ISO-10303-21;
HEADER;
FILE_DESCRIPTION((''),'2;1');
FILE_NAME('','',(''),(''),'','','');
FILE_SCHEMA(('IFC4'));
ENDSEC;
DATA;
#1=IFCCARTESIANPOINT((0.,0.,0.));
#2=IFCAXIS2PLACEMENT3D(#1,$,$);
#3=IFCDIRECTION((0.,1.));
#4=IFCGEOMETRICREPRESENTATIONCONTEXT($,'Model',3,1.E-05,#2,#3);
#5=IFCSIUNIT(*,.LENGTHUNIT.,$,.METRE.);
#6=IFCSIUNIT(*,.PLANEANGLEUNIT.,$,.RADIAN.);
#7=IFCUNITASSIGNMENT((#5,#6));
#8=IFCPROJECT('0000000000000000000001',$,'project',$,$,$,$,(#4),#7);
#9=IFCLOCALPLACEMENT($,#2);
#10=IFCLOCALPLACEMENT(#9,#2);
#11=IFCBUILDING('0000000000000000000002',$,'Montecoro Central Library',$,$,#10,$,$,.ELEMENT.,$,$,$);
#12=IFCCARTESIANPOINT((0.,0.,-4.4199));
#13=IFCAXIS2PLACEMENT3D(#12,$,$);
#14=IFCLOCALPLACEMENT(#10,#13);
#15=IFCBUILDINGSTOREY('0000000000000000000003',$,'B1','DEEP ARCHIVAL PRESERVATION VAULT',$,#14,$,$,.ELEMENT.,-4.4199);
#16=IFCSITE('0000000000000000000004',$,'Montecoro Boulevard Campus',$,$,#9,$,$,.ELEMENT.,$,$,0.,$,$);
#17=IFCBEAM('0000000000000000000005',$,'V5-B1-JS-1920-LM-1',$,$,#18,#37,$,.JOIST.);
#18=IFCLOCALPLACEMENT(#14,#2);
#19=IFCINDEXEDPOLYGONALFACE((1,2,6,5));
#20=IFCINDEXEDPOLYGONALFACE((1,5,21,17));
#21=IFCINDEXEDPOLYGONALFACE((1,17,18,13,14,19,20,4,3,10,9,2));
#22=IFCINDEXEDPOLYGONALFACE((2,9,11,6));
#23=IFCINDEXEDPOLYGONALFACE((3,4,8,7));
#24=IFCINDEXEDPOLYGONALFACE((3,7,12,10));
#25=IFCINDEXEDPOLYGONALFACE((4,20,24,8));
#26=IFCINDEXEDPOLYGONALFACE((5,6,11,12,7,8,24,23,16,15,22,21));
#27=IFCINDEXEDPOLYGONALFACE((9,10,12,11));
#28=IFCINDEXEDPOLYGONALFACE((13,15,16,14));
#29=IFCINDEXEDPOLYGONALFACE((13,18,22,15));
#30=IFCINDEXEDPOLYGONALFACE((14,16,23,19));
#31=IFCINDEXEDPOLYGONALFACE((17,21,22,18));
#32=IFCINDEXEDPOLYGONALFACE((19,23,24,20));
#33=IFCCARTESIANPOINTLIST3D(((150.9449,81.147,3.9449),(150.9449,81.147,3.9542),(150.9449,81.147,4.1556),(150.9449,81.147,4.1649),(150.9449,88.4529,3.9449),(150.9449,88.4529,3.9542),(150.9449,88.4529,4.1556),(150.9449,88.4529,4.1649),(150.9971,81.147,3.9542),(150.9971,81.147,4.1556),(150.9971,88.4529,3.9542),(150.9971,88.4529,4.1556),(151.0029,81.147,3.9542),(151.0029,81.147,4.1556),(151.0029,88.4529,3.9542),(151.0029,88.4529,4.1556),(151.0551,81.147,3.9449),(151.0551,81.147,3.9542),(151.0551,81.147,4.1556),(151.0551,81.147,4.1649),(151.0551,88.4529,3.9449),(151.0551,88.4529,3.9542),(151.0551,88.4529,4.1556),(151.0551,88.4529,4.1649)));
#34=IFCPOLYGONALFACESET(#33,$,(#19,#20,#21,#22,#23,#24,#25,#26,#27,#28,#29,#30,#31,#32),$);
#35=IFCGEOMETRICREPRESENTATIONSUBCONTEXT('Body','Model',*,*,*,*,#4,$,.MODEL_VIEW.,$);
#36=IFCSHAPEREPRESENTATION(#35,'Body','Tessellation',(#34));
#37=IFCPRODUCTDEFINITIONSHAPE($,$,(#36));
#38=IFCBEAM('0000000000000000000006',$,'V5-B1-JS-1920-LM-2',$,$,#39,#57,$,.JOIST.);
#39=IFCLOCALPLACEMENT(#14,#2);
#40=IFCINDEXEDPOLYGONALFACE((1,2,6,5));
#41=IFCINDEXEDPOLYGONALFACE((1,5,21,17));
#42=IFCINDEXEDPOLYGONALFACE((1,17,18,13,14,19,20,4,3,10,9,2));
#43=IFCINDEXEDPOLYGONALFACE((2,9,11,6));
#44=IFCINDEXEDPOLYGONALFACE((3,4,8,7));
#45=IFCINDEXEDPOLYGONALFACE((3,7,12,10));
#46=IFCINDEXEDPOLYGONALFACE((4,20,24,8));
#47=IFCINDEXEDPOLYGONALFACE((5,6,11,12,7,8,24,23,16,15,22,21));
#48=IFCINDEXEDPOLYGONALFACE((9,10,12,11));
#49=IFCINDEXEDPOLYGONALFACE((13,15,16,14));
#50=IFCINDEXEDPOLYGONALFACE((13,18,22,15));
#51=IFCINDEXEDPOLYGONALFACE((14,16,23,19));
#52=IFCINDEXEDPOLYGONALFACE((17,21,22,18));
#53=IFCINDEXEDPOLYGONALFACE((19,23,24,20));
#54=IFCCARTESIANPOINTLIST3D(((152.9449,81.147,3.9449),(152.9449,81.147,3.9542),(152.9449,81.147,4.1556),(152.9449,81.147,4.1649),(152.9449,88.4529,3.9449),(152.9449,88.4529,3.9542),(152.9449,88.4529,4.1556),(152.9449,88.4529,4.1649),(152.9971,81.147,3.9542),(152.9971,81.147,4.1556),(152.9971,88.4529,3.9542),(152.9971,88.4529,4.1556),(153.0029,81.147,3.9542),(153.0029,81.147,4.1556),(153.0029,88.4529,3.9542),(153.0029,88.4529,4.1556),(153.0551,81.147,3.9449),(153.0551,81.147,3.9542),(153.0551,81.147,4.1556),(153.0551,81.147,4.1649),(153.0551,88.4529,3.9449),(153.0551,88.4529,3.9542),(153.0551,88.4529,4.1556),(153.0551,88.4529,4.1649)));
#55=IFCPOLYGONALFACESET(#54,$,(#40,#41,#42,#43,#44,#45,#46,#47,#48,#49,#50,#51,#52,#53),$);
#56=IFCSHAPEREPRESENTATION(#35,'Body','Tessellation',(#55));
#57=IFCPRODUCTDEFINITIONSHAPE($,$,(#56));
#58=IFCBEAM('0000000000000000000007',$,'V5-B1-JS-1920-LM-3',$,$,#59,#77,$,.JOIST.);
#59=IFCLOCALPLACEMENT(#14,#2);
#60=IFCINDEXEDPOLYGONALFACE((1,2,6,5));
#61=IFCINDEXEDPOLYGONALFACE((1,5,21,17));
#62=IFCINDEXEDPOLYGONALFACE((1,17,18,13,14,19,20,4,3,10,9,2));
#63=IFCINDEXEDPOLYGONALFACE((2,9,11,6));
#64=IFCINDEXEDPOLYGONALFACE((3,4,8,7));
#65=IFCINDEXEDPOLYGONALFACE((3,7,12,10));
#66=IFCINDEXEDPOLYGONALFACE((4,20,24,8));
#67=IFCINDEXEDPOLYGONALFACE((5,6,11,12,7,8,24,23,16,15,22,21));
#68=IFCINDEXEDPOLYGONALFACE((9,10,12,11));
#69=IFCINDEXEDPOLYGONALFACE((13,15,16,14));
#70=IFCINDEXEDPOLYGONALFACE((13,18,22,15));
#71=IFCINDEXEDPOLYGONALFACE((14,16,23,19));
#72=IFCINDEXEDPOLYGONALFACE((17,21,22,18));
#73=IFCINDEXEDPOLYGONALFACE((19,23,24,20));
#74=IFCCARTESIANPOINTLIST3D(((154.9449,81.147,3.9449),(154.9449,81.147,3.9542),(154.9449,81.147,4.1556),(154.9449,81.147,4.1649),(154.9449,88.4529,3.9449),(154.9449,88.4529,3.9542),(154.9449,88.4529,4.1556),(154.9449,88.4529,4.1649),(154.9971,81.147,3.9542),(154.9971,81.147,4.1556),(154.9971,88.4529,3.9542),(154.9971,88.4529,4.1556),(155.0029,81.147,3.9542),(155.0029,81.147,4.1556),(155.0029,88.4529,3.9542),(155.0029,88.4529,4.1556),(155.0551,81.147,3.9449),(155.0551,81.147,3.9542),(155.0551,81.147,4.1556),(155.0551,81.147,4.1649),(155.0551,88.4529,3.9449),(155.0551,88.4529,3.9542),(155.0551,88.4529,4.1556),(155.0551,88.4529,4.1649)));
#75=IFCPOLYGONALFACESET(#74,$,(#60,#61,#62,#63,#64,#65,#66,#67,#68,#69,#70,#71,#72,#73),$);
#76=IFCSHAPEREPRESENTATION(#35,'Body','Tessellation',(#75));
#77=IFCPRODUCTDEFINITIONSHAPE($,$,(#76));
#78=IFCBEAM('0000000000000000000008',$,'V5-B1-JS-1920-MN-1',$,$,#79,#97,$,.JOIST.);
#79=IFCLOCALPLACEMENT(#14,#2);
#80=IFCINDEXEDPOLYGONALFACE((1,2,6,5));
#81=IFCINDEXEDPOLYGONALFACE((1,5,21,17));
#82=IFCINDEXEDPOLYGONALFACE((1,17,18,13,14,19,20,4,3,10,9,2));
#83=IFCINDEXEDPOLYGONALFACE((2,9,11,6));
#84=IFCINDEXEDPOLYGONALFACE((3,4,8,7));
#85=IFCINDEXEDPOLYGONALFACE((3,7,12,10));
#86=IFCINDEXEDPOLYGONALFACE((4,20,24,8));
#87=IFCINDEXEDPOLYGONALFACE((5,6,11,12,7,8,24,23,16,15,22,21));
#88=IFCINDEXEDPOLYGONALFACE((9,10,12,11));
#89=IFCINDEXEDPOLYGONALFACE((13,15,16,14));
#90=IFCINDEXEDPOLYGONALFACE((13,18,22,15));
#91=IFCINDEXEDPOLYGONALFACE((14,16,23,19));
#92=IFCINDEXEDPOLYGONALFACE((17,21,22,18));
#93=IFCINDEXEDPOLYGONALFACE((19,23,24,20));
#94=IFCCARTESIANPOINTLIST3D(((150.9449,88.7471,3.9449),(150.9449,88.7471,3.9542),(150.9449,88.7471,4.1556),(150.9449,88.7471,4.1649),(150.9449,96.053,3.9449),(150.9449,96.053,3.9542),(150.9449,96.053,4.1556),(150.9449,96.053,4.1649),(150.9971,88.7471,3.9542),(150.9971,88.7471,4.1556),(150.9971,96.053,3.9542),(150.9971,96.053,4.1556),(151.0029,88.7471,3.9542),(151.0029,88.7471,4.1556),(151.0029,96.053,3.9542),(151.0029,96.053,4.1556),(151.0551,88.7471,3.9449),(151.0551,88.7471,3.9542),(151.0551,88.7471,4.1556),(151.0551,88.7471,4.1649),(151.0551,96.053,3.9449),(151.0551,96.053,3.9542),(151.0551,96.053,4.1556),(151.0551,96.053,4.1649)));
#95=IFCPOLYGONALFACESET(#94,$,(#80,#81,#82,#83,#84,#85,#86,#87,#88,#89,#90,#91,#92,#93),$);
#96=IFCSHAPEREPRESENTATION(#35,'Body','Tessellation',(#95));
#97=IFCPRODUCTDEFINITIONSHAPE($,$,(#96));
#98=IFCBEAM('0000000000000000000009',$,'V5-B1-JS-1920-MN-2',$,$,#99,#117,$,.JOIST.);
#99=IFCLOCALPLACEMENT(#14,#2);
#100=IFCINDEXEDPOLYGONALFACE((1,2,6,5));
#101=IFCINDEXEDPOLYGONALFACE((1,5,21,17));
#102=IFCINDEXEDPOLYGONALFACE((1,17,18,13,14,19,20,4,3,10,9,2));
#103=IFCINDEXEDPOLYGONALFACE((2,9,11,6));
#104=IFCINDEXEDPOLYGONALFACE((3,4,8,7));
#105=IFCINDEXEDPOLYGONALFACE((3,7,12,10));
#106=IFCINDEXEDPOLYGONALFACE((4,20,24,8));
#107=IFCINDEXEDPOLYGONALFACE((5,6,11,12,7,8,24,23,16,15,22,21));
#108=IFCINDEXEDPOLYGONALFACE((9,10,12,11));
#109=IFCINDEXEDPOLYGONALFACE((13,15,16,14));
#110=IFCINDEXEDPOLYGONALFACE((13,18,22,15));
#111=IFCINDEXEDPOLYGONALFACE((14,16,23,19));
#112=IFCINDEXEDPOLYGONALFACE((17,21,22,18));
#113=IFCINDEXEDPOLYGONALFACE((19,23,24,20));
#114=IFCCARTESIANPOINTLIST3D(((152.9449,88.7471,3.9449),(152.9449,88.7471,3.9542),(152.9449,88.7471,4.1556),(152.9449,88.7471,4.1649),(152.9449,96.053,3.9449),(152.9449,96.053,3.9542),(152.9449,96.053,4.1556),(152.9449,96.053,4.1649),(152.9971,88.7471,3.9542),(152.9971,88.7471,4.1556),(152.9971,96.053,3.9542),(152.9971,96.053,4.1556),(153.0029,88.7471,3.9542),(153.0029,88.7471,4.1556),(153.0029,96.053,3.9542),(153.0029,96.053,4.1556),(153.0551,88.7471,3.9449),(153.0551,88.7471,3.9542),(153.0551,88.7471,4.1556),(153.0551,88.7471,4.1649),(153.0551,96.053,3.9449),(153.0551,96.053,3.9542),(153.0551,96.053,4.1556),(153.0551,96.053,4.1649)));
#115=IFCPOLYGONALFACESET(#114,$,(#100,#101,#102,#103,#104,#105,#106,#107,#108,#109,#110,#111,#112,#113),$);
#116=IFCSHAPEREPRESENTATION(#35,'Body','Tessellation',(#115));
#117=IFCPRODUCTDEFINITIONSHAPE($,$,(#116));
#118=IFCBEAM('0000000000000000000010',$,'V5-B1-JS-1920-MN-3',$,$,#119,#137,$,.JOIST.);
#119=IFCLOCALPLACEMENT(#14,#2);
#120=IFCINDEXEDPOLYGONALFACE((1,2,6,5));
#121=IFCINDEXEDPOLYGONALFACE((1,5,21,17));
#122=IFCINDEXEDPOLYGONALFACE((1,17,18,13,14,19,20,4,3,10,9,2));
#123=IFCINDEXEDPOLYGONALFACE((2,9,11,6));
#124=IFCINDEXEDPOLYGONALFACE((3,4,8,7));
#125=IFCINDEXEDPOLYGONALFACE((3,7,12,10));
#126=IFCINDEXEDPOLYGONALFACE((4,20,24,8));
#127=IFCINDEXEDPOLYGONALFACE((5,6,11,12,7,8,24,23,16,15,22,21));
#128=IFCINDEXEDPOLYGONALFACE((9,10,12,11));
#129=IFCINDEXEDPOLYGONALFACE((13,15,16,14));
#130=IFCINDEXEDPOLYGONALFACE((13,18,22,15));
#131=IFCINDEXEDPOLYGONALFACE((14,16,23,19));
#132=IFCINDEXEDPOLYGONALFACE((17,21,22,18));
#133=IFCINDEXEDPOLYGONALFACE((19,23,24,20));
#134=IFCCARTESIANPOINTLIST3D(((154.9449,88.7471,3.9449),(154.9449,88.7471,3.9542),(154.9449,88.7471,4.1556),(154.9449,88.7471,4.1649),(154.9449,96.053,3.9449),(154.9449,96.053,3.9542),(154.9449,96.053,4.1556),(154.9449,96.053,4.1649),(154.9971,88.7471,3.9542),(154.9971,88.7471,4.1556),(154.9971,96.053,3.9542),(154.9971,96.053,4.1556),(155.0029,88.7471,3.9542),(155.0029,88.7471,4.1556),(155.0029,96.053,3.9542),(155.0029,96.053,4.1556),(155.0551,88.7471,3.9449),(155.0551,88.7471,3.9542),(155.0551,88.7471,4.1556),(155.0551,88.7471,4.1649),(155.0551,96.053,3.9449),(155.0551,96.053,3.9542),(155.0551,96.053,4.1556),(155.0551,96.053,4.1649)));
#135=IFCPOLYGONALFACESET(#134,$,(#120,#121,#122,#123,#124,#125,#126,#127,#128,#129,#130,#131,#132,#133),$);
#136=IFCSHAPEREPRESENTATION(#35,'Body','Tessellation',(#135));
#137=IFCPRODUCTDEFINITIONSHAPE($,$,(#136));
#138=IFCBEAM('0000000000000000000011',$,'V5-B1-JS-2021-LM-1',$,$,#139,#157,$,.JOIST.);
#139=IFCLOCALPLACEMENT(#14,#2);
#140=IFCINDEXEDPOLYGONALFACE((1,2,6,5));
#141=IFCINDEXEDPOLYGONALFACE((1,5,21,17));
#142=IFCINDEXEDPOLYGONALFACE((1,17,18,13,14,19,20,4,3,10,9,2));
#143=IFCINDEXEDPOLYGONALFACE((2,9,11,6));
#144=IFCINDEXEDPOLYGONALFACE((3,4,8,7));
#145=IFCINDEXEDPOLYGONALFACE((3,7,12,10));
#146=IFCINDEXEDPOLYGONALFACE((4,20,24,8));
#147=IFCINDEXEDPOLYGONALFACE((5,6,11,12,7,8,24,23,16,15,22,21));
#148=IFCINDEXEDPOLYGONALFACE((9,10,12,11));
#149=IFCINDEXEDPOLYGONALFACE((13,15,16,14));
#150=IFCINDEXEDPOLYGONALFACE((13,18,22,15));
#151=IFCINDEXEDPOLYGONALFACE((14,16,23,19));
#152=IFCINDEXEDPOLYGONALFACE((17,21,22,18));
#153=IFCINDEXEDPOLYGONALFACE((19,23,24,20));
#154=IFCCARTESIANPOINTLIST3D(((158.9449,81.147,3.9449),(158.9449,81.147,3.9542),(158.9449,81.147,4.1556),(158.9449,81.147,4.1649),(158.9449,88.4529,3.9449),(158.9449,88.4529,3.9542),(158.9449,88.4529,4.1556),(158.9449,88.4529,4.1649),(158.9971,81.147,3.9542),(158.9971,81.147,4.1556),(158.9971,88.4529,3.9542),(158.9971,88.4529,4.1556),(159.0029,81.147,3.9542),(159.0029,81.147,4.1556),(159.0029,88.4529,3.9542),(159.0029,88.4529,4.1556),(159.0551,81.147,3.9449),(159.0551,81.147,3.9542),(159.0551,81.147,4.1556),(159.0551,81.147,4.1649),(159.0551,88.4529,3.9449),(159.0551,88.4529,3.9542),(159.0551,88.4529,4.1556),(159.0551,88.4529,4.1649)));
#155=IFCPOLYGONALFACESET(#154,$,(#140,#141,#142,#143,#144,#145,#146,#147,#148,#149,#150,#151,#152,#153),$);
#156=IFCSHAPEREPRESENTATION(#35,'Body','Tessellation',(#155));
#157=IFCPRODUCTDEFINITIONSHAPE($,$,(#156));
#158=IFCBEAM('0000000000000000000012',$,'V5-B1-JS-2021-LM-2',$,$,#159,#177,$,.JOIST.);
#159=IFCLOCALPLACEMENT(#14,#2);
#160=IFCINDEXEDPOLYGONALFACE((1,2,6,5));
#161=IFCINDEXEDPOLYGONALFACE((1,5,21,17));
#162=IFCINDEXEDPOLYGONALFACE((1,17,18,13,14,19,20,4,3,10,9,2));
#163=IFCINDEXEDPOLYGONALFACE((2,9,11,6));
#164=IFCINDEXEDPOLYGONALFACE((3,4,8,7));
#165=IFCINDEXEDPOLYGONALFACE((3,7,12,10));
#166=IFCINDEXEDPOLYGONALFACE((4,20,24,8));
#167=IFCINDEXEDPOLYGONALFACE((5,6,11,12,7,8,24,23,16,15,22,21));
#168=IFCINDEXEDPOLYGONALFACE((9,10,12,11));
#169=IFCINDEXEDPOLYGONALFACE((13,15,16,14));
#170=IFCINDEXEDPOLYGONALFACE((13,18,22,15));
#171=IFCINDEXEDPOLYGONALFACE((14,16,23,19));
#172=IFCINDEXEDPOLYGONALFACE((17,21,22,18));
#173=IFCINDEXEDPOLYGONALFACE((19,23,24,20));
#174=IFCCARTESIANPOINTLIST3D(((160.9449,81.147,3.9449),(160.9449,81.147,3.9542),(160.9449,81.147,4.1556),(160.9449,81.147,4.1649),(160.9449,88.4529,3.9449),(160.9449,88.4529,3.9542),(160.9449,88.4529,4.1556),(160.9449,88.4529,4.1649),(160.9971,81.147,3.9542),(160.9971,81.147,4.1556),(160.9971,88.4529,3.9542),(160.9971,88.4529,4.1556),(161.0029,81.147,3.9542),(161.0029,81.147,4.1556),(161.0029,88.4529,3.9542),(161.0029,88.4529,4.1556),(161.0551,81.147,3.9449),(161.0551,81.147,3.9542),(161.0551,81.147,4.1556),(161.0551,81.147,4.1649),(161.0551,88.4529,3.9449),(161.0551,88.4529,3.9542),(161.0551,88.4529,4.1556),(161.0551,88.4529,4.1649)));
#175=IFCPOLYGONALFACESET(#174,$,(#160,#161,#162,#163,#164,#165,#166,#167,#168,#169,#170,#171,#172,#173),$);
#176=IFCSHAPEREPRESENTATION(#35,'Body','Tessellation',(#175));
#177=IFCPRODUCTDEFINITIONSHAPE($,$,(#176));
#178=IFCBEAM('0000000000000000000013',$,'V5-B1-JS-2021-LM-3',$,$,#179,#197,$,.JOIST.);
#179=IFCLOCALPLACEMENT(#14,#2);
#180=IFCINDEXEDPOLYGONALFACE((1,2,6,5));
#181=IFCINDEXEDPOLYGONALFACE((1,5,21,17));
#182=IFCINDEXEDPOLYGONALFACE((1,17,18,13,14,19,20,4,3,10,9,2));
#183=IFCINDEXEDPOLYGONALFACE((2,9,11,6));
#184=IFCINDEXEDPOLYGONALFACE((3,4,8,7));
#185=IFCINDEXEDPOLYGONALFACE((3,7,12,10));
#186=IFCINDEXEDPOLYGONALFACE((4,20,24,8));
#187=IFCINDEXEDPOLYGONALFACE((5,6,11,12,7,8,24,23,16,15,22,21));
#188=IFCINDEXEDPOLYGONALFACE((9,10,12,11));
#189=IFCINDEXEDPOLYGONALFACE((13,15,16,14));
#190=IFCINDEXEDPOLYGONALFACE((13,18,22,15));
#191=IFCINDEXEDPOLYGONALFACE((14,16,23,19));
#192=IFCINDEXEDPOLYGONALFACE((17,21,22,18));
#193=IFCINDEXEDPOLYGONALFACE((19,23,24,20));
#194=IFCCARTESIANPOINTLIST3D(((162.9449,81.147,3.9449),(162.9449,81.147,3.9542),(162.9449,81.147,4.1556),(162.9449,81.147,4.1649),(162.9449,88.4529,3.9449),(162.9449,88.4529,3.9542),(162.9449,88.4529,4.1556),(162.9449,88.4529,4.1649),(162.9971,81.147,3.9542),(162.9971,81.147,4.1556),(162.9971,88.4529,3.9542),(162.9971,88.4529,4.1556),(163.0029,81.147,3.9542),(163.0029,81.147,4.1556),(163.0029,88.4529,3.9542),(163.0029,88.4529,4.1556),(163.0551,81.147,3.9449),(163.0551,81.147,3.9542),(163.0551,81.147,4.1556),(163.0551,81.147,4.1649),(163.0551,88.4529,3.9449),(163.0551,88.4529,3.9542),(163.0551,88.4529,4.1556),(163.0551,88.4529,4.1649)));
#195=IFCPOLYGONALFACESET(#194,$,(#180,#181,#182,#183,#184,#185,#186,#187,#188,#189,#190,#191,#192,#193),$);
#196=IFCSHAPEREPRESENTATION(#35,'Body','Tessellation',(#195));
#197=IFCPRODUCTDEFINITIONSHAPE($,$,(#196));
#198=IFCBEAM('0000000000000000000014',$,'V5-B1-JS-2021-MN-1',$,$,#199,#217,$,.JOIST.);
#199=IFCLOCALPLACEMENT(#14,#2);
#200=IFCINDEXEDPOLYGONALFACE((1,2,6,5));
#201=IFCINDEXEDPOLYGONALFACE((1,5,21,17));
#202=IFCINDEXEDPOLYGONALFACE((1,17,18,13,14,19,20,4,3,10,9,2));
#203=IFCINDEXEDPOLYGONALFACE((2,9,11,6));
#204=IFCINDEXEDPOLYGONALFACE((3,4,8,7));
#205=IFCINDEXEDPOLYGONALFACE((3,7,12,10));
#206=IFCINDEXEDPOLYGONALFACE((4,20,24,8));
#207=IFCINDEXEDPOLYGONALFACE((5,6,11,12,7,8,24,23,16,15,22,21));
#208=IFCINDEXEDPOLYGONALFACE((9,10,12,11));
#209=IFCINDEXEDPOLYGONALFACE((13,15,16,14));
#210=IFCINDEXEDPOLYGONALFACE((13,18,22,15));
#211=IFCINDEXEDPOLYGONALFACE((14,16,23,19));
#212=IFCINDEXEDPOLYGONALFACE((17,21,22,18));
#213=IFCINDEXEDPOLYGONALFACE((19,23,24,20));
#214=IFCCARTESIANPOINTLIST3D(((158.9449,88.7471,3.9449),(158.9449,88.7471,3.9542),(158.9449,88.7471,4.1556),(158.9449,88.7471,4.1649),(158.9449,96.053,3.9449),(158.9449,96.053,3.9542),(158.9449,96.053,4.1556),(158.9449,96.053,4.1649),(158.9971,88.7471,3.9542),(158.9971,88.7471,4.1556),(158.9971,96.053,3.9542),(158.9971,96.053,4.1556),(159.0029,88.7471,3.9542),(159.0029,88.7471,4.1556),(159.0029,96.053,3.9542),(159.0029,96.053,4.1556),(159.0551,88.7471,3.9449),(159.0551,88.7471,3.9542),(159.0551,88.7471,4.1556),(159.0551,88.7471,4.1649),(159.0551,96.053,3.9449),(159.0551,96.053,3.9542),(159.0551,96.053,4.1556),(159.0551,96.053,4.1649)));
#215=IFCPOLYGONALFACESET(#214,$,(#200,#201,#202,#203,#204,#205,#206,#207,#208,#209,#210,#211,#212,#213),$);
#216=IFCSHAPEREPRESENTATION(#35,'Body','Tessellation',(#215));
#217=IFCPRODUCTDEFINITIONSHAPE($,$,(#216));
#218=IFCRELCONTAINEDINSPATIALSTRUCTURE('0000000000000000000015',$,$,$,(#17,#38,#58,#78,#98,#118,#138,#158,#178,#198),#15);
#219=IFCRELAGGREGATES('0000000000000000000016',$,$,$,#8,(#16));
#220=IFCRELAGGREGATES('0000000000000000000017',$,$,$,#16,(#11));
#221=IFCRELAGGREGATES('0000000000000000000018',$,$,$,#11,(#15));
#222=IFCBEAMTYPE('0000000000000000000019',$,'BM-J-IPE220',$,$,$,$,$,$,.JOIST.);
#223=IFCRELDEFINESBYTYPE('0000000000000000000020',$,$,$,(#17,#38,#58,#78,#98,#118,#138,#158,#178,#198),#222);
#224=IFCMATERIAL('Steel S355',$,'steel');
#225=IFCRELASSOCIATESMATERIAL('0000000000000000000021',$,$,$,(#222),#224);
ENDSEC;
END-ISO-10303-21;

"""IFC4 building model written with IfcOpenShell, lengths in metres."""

from ifc_helpers import new_model, si_unit, direction, frame, origin, origin_2d, place, context, subcontext, project, spatial, i_section, extrude, material, material_profile, profile_set, type_object, element, save


model = new_model("IFC4")

# Units and contexts
model_context = context("Model", 3, precision=1e-05, world=origin(), true_north=direction((0.0, 1.0)))
body_context = subcontext(model_context, "Body", "Model", "MODEL_VIEW")
ifc_project = project(units=[si_unit("LENGTHUNIT", "METRE"), si_unit("PLANEANGLEUNIT", "RADIAN")], contexts=[model_context])

# Site, building, storey
site_placement = place(None, origin())
site = spatial("IfcSite", under=ifc_project, at=site_placement, Name="Montecoro Boulevard Campus", CompositionType="ELEMENT", RefElevation=0.0)
building_placement = place(site_placement, origin())
building = spatial("IfcBuilding", under=site, at=building_placement, Name="Montecoro Central Library", CompositionType="ELEMENT")
storey_placement = place(building_placement, frame((0.0, 0.0, -4.4199)))
storey = spatial("IfcBuildingStorey", under=building, at=storey_placement, Name="B1", Description="DEEP ARCHIVAL PRESERVATION VAULT", CompositionType="ELEMENT", Elevation=-4.4199)

# Beams
ifc_material_1 = material(Name="Steel S355", Category="steel")
ifc_material_profile_1 = material_profile(ifc_material_1, i_section(OverallWidth=0.1101, OverallDepth=0.22, WebThickness=0.0059, FlangeThickness=0.0093, at=origin_2d()), Name="IPE 220")
ifc_profile_set_1 = profile_set([ifc_material_profile_1], Name="Steel S355")
beam_type_1 = type_object("IfcBeamType", Name="BM-J-IPE220", PredefinedType="JOIST", material=ifc_profile_set_1)
for number, where, z_axis, x_axis, name in (
    (1, (151.0, 81.147, 4.0549), (0.0, 1.0, 0.0), (-1.0, 0.0, 0.0), "V5-B1-JS-1920-LM-1"),
    (2, (153.0, 81.147, 4.0549), (0.0, 1.0, 0.0), (-1.0, 0.0, 0.0), "V5-B1-JS-1920-LM-2"),
    (3, (155.0, 81.147, 4.0549), (0.0, 1.0, 0.0), (-1.0, 0.0, 0.0), "V5-B1-JS-1920-LM-3"),
    (4, (151.0, 88.7471, 4.0549), (0.0, 1.0, 0.0), (-1.0, 0.0, 0.0), "V5-B1-JS-1920-MN-1"),
    (5, (153.0, 88.7471, 4.0549), (0.0, 1.0, 0.0), (-1.0, 0.0, 0.0), "V5-B1-JS-1920-MN-2"),
    (6, (155.0, 88.7471, 4.0549), (0.0, 1.0, 0.0), (-1.0, 0.0, 0.0), "V5-B1-JS-1920-MN-3"),
    (7, (159.0, 81.147, 4.0549), (0.0, 1.0, 0.0), (-1.0, 0.0, 0.0), "V5-B1-JS-2021-LM-1"),
    (8, (161.0, 81.147, 4.0549), (0.0, 1.0, 0.0), (-1.0, 0.0, 0.0), "V5-B1-JS-2021-LM-2"),
    (9, (163.0, 81.147, 4.0549), (0.0, 1.0, 0.0), (-1.0, 0.0, 0.0), "V5-B1-JS-2021-LM-3"),
    (10, (159.0, 88.7471, 4.0549), (0.0, 1.0, 0.0), (-1.0, 0.0, 0.0), "V5-B1-JS-2021-MN-1"),
):
    element("IfcBeam", number, at=place(storey_placement, frame(where, z_axis=z_axis, x_axis=x_axis)), inside=storey, type_object=beam_type_1, Name=name, PredefinedType="JOIST", context=body_context, shape_type="SweptSolid", body=[
        extrude(i_section(OverallWidth=0.1101, OverallDepth=0.22, WebThickness=0.0059, FlangeThickness=0.0093, at=origin_2d()), origin(), (0.0, 0.0, 1.0), 7.3059),
    ])

save(model, "model.ifc")
